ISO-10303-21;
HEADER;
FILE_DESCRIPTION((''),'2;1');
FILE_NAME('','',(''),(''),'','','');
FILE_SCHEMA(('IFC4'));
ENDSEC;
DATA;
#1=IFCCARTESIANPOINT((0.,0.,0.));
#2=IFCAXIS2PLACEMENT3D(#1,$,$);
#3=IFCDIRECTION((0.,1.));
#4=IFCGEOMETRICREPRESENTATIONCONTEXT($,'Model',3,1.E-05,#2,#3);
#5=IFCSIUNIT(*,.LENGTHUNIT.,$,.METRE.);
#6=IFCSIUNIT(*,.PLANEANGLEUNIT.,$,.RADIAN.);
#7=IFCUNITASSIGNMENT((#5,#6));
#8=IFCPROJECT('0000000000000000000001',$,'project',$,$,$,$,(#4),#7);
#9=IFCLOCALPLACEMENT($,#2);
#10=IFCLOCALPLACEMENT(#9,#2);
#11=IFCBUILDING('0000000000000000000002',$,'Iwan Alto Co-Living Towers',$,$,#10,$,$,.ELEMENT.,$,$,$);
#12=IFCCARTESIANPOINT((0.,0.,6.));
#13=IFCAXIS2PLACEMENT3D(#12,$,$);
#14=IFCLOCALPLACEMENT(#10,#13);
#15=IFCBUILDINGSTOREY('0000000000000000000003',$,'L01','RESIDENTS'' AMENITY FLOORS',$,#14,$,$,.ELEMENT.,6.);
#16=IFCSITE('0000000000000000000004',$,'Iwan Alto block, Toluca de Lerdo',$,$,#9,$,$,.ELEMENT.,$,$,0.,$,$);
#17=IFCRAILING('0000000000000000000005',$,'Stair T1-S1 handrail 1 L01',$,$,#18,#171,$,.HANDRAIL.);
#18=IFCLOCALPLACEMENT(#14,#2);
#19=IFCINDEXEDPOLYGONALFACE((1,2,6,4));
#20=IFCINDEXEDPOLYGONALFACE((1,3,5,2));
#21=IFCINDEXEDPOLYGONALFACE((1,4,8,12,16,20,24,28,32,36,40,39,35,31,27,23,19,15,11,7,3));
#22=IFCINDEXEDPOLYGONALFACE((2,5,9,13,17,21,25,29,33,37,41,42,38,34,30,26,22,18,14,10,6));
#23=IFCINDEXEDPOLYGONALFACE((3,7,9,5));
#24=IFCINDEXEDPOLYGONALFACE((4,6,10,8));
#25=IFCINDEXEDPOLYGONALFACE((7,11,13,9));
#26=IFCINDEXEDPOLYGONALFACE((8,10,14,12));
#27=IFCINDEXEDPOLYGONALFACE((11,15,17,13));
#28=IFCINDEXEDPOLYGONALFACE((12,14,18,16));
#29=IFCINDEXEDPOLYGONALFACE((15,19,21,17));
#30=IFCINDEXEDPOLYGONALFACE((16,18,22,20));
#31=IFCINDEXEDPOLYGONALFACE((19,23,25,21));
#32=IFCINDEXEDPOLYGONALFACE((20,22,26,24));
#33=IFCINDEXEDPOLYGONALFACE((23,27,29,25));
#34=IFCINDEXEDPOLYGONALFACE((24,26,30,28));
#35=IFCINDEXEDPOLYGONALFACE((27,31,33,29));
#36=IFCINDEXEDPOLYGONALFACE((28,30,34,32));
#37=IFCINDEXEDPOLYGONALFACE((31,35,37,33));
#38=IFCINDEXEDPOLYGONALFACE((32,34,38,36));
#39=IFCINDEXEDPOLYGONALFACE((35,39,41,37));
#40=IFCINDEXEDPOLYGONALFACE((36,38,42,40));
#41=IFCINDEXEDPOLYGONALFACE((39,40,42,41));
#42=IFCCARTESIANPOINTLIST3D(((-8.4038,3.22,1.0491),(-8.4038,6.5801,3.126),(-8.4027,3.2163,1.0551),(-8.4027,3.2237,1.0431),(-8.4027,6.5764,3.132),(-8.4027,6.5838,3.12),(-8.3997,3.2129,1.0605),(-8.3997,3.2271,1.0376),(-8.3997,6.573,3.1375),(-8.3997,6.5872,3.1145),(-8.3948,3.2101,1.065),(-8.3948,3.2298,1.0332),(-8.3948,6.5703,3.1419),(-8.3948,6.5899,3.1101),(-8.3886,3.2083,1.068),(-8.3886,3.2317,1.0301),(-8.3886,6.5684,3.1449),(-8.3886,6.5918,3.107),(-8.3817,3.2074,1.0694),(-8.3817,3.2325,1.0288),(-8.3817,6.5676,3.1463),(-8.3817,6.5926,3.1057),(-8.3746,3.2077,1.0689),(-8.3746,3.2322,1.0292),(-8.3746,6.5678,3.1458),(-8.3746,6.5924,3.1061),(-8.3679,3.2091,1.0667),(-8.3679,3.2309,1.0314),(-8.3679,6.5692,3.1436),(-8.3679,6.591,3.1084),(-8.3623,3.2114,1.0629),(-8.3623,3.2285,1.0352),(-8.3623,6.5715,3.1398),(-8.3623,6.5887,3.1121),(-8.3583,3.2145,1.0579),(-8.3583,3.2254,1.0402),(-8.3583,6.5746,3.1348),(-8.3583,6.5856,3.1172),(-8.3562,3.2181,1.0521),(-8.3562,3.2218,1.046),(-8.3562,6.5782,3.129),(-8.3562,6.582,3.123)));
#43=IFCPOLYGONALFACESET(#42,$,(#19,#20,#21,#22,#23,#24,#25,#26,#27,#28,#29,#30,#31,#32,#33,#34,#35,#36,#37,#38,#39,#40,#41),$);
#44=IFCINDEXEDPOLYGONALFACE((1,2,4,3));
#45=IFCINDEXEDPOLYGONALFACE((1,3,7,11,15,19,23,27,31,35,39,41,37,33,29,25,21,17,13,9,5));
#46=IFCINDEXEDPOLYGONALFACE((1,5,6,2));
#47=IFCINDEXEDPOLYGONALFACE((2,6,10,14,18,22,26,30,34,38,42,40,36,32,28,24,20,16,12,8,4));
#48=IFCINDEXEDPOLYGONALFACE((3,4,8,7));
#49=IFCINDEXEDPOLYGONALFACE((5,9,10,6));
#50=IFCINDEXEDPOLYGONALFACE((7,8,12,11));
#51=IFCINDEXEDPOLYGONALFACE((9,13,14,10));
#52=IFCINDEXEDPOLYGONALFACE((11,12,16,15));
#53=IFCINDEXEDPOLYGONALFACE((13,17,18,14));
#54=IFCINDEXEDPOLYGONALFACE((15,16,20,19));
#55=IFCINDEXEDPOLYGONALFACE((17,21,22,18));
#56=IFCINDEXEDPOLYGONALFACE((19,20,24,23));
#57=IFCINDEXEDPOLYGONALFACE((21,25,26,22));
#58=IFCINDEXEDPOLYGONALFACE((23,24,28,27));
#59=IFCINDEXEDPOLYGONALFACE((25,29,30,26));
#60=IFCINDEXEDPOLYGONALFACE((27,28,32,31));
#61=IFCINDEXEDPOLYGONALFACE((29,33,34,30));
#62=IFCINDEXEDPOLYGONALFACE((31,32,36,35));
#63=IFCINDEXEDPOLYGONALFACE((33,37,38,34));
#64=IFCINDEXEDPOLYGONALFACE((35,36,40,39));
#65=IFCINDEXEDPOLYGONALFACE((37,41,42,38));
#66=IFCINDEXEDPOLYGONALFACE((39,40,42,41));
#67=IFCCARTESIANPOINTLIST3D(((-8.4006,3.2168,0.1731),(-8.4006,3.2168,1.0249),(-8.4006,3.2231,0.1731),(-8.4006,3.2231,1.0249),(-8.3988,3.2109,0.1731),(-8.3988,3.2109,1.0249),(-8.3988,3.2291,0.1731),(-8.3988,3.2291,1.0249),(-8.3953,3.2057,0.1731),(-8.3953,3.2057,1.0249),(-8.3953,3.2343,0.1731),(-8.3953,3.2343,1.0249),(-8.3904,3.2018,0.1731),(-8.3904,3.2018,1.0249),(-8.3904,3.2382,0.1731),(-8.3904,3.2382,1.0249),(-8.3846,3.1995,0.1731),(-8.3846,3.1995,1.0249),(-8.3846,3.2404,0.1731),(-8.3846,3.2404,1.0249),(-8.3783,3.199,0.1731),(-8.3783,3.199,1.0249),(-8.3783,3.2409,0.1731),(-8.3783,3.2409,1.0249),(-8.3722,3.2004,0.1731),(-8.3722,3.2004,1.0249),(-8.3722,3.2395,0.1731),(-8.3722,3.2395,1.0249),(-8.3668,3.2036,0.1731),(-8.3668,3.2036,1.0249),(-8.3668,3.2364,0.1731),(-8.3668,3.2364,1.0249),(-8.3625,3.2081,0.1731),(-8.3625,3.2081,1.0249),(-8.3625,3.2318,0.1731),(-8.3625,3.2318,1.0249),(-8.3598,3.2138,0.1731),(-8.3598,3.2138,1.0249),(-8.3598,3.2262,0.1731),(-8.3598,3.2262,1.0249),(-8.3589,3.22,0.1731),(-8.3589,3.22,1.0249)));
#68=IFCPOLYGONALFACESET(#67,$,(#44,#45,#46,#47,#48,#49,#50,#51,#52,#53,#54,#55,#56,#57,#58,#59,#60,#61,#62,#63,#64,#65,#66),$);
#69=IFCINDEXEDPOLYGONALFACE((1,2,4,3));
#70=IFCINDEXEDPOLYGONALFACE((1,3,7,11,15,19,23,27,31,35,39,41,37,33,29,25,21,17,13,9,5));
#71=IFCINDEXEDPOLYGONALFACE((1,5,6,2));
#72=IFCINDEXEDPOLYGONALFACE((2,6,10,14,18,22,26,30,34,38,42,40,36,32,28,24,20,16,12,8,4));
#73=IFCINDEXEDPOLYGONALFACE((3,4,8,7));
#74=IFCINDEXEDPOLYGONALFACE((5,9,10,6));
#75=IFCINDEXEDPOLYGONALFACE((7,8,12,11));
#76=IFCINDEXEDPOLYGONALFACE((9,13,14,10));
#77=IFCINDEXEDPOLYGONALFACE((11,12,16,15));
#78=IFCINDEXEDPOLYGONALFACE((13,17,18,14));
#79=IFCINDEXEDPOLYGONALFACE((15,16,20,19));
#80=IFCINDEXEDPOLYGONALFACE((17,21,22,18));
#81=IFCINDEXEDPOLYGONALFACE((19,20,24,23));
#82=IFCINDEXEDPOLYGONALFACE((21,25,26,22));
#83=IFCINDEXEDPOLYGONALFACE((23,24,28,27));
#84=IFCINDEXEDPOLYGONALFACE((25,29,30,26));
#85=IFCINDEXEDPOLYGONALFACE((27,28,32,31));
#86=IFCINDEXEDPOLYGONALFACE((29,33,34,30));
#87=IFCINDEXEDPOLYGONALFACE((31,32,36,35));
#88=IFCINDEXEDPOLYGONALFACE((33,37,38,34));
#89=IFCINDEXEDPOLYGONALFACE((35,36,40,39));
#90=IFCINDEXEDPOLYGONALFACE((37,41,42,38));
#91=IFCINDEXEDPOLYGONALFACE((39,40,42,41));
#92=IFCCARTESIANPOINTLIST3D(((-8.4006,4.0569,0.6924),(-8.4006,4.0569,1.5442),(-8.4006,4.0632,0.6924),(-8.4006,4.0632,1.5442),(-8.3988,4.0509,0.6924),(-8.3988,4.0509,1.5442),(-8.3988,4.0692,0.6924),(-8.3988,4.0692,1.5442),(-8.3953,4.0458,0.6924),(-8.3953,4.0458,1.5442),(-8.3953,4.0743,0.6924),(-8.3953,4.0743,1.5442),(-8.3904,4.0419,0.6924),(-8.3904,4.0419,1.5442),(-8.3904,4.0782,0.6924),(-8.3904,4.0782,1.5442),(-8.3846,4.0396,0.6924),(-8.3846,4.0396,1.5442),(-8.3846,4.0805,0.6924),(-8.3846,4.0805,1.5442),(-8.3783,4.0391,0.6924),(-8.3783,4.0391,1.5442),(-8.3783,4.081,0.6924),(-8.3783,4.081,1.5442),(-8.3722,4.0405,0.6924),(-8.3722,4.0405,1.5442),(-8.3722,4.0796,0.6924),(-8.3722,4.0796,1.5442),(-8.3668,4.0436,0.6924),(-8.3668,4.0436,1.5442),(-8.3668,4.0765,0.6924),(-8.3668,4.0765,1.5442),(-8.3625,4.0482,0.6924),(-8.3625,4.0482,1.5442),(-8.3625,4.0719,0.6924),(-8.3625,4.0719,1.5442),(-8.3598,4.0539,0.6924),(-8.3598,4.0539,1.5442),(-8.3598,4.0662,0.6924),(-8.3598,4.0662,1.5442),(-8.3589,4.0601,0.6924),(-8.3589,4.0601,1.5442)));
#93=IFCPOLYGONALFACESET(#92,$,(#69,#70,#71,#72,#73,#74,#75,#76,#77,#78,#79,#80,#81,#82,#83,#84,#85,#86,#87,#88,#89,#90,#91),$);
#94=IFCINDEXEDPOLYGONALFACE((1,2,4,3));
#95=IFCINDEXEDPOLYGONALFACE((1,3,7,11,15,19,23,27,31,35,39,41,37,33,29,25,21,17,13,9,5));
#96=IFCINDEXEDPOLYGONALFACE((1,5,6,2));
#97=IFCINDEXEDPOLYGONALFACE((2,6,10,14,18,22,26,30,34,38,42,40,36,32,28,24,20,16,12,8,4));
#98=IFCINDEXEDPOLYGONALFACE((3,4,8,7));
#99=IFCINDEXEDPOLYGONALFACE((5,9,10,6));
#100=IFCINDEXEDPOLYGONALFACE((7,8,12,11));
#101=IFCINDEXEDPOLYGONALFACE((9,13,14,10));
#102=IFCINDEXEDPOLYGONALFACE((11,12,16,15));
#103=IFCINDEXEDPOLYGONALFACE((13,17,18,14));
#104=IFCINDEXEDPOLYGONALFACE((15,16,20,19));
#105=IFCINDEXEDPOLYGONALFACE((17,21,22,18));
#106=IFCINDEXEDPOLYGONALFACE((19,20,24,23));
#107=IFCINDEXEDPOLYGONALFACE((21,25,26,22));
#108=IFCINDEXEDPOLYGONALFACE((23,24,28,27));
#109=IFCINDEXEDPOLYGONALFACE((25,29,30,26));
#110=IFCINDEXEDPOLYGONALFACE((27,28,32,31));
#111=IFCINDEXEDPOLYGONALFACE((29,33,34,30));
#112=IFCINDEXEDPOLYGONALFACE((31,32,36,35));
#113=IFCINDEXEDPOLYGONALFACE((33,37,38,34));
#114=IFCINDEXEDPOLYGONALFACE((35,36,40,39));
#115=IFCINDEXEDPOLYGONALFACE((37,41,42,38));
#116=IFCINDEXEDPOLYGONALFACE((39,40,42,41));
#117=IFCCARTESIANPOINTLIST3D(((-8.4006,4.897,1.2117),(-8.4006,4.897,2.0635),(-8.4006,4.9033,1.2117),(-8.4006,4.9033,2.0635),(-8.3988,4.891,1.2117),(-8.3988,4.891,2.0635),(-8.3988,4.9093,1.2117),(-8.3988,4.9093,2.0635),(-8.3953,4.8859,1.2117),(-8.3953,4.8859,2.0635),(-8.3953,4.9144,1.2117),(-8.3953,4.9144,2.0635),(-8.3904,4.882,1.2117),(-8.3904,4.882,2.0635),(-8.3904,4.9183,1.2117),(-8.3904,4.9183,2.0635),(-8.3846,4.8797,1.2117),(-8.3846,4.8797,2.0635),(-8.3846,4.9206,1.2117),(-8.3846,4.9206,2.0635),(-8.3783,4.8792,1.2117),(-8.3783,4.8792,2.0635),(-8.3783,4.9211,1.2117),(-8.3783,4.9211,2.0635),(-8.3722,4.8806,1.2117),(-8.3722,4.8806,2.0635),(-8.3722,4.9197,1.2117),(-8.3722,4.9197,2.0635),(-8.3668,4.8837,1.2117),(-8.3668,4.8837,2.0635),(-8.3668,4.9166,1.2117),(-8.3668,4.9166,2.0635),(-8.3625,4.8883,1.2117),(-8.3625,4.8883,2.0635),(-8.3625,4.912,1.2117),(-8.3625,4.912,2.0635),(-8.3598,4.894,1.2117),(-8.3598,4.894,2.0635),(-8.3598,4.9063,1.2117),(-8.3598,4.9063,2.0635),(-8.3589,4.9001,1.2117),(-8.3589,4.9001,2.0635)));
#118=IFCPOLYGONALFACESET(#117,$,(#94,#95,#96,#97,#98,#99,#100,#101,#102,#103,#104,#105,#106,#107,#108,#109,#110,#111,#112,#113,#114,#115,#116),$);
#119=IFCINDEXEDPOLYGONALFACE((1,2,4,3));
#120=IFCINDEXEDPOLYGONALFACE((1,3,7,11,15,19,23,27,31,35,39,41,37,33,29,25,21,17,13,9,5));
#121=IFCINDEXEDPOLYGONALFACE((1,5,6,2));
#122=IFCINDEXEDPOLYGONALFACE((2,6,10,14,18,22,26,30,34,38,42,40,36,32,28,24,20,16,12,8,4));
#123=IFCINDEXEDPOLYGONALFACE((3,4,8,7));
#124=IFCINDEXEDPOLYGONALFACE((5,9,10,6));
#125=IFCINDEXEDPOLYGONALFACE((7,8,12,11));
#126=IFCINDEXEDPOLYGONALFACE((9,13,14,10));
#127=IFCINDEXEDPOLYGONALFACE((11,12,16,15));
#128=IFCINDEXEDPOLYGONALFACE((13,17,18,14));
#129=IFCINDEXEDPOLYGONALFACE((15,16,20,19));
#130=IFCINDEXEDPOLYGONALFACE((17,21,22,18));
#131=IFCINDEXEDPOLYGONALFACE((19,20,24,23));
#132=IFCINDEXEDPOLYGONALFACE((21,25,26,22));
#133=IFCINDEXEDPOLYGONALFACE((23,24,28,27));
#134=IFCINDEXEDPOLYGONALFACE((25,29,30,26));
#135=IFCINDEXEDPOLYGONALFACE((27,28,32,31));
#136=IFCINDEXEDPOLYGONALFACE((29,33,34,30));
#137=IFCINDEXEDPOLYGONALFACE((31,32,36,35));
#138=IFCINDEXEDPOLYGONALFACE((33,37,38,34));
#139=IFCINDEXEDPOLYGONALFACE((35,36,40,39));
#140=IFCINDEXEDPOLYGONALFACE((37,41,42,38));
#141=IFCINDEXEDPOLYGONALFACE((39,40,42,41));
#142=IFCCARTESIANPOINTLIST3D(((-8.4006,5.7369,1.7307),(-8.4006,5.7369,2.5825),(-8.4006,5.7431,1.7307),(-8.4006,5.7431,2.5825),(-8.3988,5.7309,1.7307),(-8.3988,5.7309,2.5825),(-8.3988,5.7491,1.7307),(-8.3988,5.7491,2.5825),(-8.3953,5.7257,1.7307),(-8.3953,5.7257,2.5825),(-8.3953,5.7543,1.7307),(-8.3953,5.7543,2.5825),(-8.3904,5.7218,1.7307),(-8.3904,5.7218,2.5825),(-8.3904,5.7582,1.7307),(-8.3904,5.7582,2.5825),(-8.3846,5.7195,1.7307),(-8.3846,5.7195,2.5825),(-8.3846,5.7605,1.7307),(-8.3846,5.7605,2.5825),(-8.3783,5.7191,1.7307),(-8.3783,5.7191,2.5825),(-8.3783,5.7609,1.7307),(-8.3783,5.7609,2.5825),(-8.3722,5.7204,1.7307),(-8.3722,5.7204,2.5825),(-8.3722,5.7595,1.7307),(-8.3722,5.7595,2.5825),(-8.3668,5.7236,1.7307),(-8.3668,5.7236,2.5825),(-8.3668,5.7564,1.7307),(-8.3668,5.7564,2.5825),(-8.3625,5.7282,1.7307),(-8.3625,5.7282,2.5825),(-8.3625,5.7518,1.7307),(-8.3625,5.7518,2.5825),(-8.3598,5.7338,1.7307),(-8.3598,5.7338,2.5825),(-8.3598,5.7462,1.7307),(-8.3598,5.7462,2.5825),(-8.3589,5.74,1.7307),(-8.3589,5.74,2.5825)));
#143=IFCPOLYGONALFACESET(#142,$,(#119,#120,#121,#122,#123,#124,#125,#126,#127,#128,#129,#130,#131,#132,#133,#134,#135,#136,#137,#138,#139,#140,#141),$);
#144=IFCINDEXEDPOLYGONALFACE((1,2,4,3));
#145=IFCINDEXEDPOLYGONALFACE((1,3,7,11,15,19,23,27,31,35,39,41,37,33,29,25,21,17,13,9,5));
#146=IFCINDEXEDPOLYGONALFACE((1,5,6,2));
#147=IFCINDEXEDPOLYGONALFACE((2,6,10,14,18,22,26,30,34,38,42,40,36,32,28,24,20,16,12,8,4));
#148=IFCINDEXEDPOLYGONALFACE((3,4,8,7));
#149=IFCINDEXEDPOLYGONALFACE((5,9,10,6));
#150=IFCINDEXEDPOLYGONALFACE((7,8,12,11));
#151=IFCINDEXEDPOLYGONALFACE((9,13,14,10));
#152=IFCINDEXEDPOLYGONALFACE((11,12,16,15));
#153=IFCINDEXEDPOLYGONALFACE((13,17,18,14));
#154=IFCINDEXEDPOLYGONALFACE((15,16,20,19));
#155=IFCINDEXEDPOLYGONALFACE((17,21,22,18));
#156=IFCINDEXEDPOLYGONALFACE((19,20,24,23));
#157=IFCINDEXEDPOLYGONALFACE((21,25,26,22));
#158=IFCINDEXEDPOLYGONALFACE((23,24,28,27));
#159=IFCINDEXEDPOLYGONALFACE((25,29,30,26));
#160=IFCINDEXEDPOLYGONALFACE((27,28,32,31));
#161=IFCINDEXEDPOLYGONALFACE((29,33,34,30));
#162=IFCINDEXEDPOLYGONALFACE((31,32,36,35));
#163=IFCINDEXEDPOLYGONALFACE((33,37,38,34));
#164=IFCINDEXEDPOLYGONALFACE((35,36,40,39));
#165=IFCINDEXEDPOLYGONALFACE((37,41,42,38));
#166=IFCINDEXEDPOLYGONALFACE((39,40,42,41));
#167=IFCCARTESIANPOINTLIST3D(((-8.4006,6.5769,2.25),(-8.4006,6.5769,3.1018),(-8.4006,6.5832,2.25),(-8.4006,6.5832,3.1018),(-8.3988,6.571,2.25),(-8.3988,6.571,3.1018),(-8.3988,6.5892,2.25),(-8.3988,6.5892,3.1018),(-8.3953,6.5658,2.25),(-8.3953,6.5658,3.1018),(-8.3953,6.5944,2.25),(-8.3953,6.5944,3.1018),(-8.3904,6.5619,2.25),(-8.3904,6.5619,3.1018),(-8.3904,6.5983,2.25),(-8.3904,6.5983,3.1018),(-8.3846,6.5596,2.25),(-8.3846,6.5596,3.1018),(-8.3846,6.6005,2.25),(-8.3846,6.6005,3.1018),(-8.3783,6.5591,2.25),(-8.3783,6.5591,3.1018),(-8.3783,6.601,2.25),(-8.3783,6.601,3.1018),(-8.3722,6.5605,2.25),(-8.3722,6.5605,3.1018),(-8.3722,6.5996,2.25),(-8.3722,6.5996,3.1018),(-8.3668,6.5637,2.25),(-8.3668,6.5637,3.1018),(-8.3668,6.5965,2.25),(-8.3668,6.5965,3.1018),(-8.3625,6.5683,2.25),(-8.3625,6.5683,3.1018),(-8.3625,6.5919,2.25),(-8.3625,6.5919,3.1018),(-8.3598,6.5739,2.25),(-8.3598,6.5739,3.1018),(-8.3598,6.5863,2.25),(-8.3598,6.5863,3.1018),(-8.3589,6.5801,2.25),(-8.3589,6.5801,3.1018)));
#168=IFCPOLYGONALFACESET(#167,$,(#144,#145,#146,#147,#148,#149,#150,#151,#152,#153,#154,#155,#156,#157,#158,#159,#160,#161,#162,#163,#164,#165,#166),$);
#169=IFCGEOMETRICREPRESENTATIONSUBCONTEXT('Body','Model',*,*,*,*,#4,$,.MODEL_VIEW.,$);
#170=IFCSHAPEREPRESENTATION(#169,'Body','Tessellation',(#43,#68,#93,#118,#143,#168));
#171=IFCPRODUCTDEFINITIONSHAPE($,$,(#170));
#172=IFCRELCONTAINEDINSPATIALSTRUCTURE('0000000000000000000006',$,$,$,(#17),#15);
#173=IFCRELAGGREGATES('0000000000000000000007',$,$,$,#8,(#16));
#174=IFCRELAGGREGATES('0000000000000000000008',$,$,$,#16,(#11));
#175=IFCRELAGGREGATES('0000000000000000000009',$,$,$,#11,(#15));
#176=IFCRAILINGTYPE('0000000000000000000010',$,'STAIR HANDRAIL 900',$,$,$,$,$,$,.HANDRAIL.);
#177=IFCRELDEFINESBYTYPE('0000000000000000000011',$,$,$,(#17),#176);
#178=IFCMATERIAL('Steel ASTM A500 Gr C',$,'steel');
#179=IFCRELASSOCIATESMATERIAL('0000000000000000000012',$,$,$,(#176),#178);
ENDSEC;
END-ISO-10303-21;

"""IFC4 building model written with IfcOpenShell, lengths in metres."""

from ifc_helpers import new_model, si_unit, direction, frame, origin, origin_2d, place, context, subcontext, project, spatial, circle, extrude, material, type_object, element, save


model = new_model("IFC4")

# Units and contexts
model_context = context("Model", 3, precision=1e-05, world=origin(), true_north=direction((0.0, 1.0)))
body_context = subcontext(model_context, "Body", "Model", "MODEL_VIEW")
ifc_project = project(units=[si_unit("LENGTHUNIT", "METRE"), si_unit("PLANEANGLEUNIT", "RADIAN")], contexts=[model_context])

# Site, building, storey
site_placement = place(None, origin())
site = spatial("IfcSite", under=ifc_project, at=site_placement, Name="Iwan Alto block, Toluca de Lerdo", CompositionType="ELEMENT", RefElevation=0.0)
building_placement = place(site_placement, origin())
building = spatial("IfcBuilding", under=site, at=building_placement, Name="Iwan Alto Co-Living Towers", CompositionType="ELEMENT")
storey_placement = place(building_placement, frame((0.0, 0.0, 6.0)))
storey = spatial("IfcBuildingStorey", under=building, at=storey_placement, Name="L01", Description="RESIDENTS' AMENITY FLOORS", CompositionType="ELEMENT", Elevation=6.0)

# Railing
ifc_material_1 = material(Name="Steel ASTM A500 Gr C", Category="steel")
railing_type_1 = type_object("IfcRailingType", Name="STAIR HANDRAIL 900", PredefinedType="HANDRAIL", material=ifc_material_1)
railing_1_placement = place(storey_placement, frame((-8.3799, 3.22, 0.1731)))
element("IfcRailing", 1, at=railing_1_placement, inside=storey, type_object=railing_type_1, Name="Stair T1-S1 handrail 1 L01", PredefinedType="HANDRAIL", context=body_context, shape_type="SweptSolid", body=[
    extrude(circle(Radius=0.0239, at=origin_2d()), frame((0.0, 0.0, 0.876), z_axis=(0.0, 0.850623, 0.525776), x_axis=(-1.0, 0.0, 0.0)), (0.0, 0.0, 1.0), 3.9502),
    extrude(circle(Radius=0.021, at=origin_2d()), origin(), (0.0, 0.0, 1.0), 0.8518),
    extrude(circle(Radius=0.021, at=origin_2d()), frame((0.0, 0.8401, 0.5193)), (0.0, 0.0, 1.0), 0.8518),
    extrude(circle(Radius=0.021, at=origin_2d()), frame((0.0, 1.6802, 1.0386)), (0.0, 0.0, 1.0), 0.8518),
    extrude(circle(Radius=0.021, at=origin_2d()), frame((0.0, 2.52, 1.5576)), (0.0, 0.0, 1.0), 0.8518),
    extrude(circle(Radius=0.021, at=origin_2d()), frame((0.0, 3.3601, 2.0769)), (0.0, 0.0, 1.0), 0.8518),
])

save(model, "model.ifc")
